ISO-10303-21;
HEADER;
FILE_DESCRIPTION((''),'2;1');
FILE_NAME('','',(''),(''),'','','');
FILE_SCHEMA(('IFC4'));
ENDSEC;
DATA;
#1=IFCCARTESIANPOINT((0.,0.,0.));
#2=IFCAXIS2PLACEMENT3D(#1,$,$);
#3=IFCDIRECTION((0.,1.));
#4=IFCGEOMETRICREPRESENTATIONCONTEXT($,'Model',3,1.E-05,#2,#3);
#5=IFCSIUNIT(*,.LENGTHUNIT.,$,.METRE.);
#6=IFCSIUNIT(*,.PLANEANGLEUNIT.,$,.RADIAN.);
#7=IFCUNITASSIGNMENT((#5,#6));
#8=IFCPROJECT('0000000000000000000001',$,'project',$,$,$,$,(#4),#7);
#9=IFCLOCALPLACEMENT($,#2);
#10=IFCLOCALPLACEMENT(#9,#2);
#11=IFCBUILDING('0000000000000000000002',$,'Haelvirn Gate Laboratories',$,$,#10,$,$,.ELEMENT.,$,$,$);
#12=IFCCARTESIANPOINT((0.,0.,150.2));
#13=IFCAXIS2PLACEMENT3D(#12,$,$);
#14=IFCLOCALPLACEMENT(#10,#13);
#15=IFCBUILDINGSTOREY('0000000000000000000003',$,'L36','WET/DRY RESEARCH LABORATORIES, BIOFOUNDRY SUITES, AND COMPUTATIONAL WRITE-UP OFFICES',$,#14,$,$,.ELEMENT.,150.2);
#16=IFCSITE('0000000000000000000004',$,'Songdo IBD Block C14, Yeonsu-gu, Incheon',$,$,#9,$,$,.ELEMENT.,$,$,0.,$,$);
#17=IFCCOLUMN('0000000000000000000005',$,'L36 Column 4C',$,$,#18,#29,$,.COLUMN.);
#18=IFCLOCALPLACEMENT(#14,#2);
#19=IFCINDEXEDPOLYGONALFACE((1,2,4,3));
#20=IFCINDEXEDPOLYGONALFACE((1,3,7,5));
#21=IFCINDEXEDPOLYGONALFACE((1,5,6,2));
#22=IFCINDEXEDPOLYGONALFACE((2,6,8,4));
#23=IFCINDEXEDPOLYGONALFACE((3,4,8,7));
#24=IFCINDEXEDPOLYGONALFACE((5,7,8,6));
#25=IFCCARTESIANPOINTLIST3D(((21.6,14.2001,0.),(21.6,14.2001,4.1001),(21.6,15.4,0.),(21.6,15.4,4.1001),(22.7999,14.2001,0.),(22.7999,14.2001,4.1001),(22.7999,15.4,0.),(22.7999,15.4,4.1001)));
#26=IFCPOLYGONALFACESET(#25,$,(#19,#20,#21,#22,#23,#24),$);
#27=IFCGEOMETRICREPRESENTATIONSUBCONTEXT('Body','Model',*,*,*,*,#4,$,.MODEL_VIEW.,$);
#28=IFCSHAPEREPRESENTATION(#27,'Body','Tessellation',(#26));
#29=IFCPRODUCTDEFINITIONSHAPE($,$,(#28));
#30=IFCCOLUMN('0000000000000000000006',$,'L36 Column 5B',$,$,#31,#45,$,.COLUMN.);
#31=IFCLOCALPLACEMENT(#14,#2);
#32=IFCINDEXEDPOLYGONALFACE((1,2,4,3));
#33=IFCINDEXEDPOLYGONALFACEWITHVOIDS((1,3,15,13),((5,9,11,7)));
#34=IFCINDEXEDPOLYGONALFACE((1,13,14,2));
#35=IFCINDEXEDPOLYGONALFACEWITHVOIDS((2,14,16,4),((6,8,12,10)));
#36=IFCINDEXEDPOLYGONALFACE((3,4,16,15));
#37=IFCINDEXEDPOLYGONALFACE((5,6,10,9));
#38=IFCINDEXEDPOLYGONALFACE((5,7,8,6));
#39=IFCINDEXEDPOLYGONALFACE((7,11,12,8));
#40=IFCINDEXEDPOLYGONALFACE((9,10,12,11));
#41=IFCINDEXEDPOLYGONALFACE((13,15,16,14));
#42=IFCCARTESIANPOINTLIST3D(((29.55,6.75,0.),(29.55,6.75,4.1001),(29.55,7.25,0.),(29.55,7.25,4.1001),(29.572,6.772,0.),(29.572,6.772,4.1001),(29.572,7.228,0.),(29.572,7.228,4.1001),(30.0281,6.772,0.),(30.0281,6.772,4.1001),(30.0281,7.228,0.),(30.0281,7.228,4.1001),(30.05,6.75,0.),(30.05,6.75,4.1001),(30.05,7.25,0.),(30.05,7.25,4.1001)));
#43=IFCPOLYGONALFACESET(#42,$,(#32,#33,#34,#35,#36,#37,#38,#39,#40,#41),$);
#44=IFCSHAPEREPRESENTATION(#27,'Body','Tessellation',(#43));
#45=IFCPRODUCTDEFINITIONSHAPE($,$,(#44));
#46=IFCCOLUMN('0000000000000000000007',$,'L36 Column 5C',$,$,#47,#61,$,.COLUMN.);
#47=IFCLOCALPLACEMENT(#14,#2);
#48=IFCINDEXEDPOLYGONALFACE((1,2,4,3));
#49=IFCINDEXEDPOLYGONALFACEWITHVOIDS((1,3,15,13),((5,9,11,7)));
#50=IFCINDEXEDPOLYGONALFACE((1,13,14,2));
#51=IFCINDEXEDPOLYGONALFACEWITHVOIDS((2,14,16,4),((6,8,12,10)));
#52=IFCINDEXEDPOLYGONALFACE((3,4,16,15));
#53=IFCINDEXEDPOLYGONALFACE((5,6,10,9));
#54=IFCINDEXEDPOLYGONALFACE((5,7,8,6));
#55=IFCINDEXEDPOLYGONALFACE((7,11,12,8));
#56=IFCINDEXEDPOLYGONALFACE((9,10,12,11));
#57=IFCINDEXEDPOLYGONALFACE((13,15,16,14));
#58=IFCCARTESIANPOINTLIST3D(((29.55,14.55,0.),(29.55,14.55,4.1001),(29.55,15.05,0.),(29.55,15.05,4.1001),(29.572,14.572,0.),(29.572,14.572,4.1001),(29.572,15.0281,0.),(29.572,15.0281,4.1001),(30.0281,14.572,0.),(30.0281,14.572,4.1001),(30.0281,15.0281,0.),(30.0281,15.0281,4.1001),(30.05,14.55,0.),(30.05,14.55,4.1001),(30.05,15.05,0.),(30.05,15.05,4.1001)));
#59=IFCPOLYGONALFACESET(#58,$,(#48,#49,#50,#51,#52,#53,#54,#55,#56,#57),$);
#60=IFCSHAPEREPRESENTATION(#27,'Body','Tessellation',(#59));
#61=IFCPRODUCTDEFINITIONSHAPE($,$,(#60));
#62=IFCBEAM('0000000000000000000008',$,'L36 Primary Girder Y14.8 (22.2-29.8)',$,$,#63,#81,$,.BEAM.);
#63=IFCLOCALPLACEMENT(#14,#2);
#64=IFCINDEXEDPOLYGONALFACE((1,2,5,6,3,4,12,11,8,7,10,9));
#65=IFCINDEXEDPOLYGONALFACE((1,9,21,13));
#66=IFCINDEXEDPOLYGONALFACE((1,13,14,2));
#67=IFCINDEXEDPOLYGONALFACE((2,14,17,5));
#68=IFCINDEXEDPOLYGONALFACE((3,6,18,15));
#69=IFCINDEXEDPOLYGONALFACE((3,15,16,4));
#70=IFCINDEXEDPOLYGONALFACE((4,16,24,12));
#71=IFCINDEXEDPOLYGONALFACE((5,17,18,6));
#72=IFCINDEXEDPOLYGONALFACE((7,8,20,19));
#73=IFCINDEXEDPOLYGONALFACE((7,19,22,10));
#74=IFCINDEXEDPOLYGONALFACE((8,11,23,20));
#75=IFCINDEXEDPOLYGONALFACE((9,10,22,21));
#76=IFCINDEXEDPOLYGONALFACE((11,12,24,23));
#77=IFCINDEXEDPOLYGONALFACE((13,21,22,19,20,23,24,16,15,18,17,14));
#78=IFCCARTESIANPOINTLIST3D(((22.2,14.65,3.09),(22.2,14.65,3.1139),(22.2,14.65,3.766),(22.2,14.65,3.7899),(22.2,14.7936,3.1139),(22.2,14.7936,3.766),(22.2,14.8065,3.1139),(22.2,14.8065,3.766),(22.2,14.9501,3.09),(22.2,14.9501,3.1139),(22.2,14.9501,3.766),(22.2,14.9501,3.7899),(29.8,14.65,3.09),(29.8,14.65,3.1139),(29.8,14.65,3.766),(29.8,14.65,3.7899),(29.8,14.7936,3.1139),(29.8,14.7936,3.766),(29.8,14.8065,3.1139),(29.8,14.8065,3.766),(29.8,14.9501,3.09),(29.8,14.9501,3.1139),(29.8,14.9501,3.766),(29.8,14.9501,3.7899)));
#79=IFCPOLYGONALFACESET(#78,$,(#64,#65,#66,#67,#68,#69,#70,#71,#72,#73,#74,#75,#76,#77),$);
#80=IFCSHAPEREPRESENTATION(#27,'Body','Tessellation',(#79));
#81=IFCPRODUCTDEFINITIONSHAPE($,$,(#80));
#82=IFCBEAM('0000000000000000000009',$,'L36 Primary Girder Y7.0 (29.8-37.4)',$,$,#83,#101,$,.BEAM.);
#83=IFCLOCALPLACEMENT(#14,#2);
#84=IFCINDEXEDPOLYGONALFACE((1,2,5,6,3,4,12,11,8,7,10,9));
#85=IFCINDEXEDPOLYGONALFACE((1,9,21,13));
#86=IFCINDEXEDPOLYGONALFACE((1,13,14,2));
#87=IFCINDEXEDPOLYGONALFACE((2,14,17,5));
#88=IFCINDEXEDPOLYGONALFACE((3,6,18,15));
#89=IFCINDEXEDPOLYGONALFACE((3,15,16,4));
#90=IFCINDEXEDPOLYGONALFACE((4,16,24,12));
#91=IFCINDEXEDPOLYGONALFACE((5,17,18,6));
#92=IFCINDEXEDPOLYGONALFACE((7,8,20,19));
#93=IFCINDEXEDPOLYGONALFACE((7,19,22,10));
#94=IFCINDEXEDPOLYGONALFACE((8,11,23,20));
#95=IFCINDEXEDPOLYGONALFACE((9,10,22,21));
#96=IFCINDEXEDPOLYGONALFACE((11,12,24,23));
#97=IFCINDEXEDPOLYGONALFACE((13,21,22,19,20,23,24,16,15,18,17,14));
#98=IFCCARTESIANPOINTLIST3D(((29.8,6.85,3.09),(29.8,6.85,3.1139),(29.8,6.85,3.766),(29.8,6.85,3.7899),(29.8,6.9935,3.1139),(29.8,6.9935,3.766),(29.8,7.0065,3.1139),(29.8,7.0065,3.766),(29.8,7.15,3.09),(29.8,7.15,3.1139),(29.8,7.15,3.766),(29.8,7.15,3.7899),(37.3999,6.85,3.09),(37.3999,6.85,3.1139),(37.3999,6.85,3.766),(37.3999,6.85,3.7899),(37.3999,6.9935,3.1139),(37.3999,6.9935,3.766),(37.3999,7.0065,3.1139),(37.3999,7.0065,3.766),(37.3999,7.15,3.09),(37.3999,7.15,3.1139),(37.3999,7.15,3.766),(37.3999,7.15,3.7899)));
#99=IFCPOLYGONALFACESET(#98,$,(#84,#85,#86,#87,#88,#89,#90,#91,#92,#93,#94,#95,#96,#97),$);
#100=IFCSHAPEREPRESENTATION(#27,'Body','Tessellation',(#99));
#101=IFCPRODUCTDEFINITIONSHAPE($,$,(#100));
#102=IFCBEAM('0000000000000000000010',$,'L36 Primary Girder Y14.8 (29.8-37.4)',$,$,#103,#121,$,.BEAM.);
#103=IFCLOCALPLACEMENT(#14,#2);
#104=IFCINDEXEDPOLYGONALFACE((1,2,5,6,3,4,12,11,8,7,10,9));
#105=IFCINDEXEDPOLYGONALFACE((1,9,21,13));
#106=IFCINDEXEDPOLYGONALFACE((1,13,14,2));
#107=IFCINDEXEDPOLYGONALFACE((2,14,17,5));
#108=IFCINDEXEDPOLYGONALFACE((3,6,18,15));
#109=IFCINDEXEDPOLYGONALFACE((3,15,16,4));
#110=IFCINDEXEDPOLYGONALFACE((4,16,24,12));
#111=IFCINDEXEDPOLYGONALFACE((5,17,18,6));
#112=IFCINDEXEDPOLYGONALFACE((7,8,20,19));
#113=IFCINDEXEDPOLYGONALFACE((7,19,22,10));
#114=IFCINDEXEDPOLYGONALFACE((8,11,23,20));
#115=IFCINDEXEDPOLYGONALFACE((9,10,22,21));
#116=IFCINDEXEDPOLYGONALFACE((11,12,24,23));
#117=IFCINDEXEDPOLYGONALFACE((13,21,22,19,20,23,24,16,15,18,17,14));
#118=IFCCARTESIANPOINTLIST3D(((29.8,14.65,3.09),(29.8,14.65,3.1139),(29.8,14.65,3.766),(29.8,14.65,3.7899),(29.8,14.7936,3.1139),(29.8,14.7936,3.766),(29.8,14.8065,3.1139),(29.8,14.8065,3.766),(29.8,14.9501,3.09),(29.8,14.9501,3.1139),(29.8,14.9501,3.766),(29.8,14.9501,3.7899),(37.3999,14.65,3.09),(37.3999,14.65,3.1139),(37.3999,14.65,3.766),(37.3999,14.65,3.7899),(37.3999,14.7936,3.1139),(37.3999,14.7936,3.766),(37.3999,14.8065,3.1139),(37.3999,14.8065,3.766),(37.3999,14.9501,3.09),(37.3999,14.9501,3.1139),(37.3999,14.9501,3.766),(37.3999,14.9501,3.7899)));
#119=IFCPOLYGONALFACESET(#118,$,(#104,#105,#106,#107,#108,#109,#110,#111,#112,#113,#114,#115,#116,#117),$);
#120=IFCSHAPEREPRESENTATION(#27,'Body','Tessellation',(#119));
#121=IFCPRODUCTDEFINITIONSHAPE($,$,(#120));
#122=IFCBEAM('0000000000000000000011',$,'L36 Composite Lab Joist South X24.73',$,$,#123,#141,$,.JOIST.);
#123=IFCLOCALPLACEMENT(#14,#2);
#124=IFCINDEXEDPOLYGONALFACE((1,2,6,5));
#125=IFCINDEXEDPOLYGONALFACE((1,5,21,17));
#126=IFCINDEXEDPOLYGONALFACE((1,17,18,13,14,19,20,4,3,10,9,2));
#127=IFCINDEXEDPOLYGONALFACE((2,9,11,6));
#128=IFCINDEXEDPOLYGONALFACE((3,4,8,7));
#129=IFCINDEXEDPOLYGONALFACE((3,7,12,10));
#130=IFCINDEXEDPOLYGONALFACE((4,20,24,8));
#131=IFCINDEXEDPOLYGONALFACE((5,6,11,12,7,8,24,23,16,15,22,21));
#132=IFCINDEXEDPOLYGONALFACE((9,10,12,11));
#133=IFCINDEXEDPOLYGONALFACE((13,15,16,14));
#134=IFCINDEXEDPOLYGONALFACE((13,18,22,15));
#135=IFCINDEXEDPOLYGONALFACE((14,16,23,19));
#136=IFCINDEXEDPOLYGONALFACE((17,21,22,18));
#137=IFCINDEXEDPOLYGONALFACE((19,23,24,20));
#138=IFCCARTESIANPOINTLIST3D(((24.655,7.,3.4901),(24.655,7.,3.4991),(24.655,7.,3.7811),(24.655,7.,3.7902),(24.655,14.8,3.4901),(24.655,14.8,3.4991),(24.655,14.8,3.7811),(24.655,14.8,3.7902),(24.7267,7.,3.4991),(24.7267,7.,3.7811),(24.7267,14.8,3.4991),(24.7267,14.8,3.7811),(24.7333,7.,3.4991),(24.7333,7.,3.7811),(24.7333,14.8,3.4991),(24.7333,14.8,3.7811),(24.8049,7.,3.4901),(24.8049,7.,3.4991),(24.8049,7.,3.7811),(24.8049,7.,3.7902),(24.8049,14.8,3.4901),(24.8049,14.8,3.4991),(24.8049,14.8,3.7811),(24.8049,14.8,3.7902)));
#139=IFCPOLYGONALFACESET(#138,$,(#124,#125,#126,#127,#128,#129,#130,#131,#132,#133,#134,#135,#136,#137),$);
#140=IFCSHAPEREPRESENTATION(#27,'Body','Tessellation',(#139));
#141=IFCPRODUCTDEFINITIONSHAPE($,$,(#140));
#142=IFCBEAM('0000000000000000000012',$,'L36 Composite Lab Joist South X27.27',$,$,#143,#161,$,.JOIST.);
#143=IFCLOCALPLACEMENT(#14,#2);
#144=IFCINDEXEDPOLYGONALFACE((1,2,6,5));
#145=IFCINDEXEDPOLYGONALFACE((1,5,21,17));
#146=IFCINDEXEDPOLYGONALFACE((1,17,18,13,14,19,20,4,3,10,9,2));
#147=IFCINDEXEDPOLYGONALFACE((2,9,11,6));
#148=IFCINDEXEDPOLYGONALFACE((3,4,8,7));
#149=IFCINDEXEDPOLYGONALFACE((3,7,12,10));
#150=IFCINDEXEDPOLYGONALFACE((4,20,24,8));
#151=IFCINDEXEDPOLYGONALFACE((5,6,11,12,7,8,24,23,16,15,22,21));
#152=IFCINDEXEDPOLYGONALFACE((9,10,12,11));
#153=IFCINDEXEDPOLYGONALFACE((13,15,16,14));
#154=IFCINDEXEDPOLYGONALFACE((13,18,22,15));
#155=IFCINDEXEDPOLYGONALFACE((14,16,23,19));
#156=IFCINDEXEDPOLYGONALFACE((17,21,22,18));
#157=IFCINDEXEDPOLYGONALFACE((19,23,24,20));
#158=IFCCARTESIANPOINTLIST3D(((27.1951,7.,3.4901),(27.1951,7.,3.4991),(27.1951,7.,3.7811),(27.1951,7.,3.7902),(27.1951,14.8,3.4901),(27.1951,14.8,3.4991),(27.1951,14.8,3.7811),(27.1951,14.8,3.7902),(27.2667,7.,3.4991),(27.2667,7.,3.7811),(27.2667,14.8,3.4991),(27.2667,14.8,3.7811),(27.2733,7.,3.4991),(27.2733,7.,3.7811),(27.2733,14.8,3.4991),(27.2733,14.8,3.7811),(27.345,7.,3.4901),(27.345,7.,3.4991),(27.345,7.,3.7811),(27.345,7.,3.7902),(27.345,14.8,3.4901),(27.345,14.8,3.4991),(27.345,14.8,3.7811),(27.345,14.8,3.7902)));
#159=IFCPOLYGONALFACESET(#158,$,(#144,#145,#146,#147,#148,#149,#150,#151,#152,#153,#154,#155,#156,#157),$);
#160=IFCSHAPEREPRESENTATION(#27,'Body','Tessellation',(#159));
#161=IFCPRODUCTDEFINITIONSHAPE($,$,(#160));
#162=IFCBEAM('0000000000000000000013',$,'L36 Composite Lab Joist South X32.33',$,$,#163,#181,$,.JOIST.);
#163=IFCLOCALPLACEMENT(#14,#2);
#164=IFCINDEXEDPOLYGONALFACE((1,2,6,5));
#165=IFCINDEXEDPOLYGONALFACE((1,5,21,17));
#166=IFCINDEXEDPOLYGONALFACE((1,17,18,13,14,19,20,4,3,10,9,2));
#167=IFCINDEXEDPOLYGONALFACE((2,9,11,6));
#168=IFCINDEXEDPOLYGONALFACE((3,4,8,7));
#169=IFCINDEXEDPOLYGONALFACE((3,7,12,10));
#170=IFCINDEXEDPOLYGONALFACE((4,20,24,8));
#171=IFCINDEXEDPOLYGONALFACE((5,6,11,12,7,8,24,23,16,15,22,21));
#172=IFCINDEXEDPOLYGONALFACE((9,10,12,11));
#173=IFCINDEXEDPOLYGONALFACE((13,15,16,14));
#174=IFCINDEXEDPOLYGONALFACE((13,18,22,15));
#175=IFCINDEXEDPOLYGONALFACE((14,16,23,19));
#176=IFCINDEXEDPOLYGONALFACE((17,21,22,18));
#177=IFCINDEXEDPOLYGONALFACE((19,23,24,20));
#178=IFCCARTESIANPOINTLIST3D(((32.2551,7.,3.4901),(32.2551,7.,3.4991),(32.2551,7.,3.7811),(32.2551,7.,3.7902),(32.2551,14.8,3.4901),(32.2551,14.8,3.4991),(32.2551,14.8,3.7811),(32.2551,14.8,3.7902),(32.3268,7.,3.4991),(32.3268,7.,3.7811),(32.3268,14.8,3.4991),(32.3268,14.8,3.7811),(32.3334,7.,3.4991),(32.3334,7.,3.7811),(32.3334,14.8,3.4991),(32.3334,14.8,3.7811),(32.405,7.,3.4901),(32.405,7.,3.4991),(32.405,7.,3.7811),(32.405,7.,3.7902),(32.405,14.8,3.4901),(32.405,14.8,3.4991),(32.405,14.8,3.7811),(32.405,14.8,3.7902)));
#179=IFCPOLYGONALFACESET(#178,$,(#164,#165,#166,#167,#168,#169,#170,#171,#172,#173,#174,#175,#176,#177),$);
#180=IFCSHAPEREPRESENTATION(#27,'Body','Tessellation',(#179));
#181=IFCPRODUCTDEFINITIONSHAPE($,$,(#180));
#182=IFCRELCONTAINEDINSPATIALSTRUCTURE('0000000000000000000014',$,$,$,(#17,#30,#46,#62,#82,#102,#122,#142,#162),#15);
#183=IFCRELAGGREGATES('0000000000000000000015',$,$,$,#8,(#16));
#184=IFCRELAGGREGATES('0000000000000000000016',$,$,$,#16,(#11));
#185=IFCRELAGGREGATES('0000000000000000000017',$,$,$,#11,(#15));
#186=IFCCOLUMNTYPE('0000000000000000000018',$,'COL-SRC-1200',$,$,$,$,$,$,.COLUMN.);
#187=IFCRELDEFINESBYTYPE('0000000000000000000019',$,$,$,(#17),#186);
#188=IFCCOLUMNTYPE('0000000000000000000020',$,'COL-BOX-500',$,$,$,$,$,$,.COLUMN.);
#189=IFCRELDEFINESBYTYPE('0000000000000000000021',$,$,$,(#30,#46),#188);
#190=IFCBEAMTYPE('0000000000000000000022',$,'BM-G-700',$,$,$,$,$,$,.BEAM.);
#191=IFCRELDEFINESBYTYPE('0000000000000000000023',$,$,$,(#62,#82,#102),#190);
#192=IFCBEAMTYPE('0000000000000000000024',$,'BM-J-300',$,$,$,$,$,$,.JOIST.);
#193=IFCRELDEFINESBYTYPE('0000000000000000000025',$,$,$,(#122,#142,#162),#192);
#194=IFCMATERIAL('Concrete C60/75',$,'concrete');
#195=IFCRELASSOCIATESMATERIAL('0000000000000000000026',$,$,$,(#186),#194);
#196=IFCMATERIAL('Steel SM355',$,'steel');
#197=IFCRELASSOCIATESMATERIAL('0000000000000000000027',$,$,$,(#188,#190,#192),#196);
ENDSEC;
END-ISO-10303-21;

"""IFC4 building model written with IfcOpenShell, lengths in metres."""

from ifc_helpers import new_model, si_unit, direction, frame, origin, origin_2d, place, context, subcontext, project, spatial, rectangle, hollow_rectangle, i_section, extrude, source, transform, mapped, material, material_profile, profile_set, type_object, type_shapes, element, save


model = new_model("IFC4")

# Units and contexts
model_context = context("Model", 3, precision=1e-05, world=origin(), true_north=direction((0.0, 1.0)))
body_context = subcontext(model_context, "Body", "Model", "MODEL_VIEW")
ifc_project = project(units=[si_unit("LENGTHUNIT", "METRE"), si_unit("PLANEANGLEUNIT", "RADIAN")], contexts=[model_context])

# Site, building, storey
site_placement = place(None, origin())
site = spatial("IfcSite", under=ifc_project, at=site_placement, Name="Songdo IBD Block C14, Yeonsu-gu, Incheon", CompositionType="ELEMENT", RefElevation=0.0)
building_placement = place(site_placement, origin())
building = spatial("IfcBuilding", under=site, at=building_placement, Name="Haelvirn Gate Laboratories", CompositionType="ELEMENT")
storey_placement = place(building_placement, frame((0.0, 0.0, 150.2)))
storey = spatial("IfcBuildingStorey", under=building, at=storey_placement, Name="L36", Description="WET/DRY RESEARCH LABORATORIES, BIOFOUNDRY SUITES, AND COMPUTATIONAL WRITE-UP OFFICES", CompositionType="ELEMENT", Elevation=150.2)

# Columns
ifc_material_1 = material(Name="Concrete C60/75", Category="concrete")
ifc_material_profile_1 = material_profile(ifc_material_1, rectangle(XDim=1.2, YDim=1.2, at=origin_2d()), Name="SRC-1200x1200")
ifc_profile_set_1 = profile_set([ifc_material_profile_1], Name="Concrete C60/75")
column_type_1 = type_object("IfcColumnType", Name="COL-SRC-1200", PredefinedType="COLUMN", material=ifc_profile_set_1)
shared_shape_1 = source(origin(), body_context, "Body", "SweptSolid", [
    extrude(rectangle(XDim=1.2, YDim=1.2, at=origin_2d()), origin(), (0.0, 0.0, 1.0), 4.1001),
])
type_shapes(column_type_1, [shared_shape_1])
column_placement = place(storey_placement, frame((22.2, 14.8, 0.0), z_axis=(0.0, 0.0, 1.0), x_axis=(1.0, 0.0, 0.0)))
element("IfcColumn", 1, at=column_placement, inside=storey, type_object=column_type_1, Name="L36 Column 4C", PredefinedType="COLUMN", context=body_context, shape_type="MappedRepresentation", body=[
    mapped(shared_shape_1, transform((0.0, 0.0, 0.0), scale=1.0)),
])
ifc_material_2 = material(Name="Steel SM355", Category="steel")
ifc_material_profile_2 = material_profile(ifc_material_2, hollow_rectangle(XDim=0.5, YDim=0.5, WallThickness=0.022, at=origin_2d()), Name="BOX-500x500x22")
ifc_profile_set_2 = profile_set([ifc_material_profile_2], Name="Steel SM355")
column_type_2 = type_object("IfcColumnType", Name="COL-BOX-500", PredefinedType="COLUMN", material=ifc_profile_set_2)
shared_shape_2 = source(origin(), body_context, "Body", "SweptSolid", [
    extrude(hollow_rectangle(XDim=0.5, YDim=0.5, WallThickness=0.022, at=origin_2d()), origin(), (0.0, 0.0, 1.0), 4.1001),
])
type_shapes(column_type_2, [shared_shape_2])
for number, where, z_axis, x_axis, name in (
    (2, (29.8, 7.0, 0.0), (0.0, 0.0, 1.0), (1.0, 0.0, 0.0), "L36 Column 5B"),
    (3, (29.8, 14.8, 0.0), (0.0, 0.0, 1.0), (1.0, 0.0, 0.0), "L36 Column 5C"),
):
    element("IfcColumn", number, at=place(storey_placement, frame(where, z_axis=z_axis, x_axis=x_axis)), inside=storey, type_object=column_type_2, Name=name, PredefinedType="COLUMN", context=body_context, shape_type="MappedRepresentation", body=[
        mapped(shared_shape_2, transform((0.0, 0.0, 0.0), scale=1.0)),
    ])

# Beams
ifc_material_profile_3 = material_profile(ifc_material_2, i_section(OverallWidth=0.3, OverallDepth=0.7, WebThickness=0.0129, FlangeThickness=0.0239, at=origin_2d()), Name="H-700x300x13x24")
ifc_profile_set_3 = profile_set([ifc_material_profile_3], Name="Steel SM355")
beam_type_1 = type_object("IfcBeamType", Name="BM-G-700", PredefinedType="BEAM", material=ifc_profile_set_3)
shared_shape_3 = source(origin(), body_context, "Body", "SweptSolid", [
    extrude(i_section(OverallWidth=0.3, OverallDepth=0.7, WebThickness=0.0129, FlangeThickness=0.0239, at=origin_2d()), origin(), (0.0, 0.0, 1.0), 7.6001),
])
beam_1_placement = place(storey_placement, frame((22.2, 14.8, 3.4399), z_axis=(1.0, 0.0, 0.0), x_axis=(0.0, 1.0, 0.0)))
element("IfcBeam", 4, at=beam_1_placement, inside=storey, type_object=beam_type_1, Name="L36 Primary Girder Y14.8 (22.2-29.8)", PredefinedType="BEAM", context=body_context, shape_type="MappedRepresentation", body=[
    mapped(shared_shape_3, transform((0.0, 0.0, 0.0), scale=1.0)),
])
shared_shape_4 = source(origin(), body_context, "Body", "SweptSolid", [
    extrude(i_section(OverallWidth=0.3, OverallDepth=0.7, WebThickness=0.0129, FlangeThickness=0.0239, at=origin_2d()), origin(), (0.0, 0.0, 1.0), 7.5999),
])
type_shapes(beam_type_1, [shared_shape_3, shared_shape_4])
for number, where, z_axis, x_axis, name in (
    (5, (29.8, 7.0, 3.4399), (1.0, 0.0, 0.0), (0.0, 1.0, 0.0), "L36 Primary Girder Y7.0 (29.8-37.4)"),
    (6, (29.8, 14.8, 3.4399), (1.0, 0.0, 0.0), (0.0, 1.0, 0.0), "L36 Primary Girder Y14.8 (29.8-37.4)"),
):
    element("IfcBeam", number, at=place(storey_placement, frame(where, z_axis=z_axis, x_axis=x_axis)), inside=storey, type_object=beam_type_1, Name=name, PredefinedType="BEAM", context=body_context, shape_type="MappedRepresentation", body=[
        mapped(shared_shape_4, transform((0.0, 0.0, 0.0), scale=1.0)),
    ])
ifc_material_profile_4 = material_profile(ifc_material_2, i_section(OverallWidth=0.1499, OverallDepth=0.3, WebThickness=0.0066, FlangeThickness=0.009, at=origin_2d()), Name="H-300x150x6.5x9")
ifc_profile_set_4 = profile_set([ifc_material_profile_4], Name="Steel SM355")
beam_type_2 = type_object("IfcBeamType", Name="BM-J-300", PredefinedType="JOIST", material=ifc_profile_set_4)
shared_shape_5 = source(origin(), body_context, "Body", "SweptSolid", [
    extrude(i_section(OverallWidth=0.1499, OverallDepth=0.3, WebThickness=0.0066, FlangeThickness=0.009, at=origin_2d()), origin(), (0.0, 0.0, 1.0), 7.8),
])
type_shapes(beam_type_2, [shared_shape_5])
for number, where, z_axis, x_axis, name in (
    (7, (24.73, 7.0, 3.6401), (0.0, 1.0, 0.0), (-1.0, 0.0, 0.0), "L36 Composite Lab Joist South X24.73"),
    (8, (27.27, 7.0, 3.6401), (0.0, 1.0, 0.0), (-1.0, 0.0, 0.0), "L36 Composite Lab Joist South X27.27"),
    (9, (32.3301, 7.0, 3.6401), (0.0, 1.0, 0.0), (-1.0, 0.0, 0.0), "L36 Composite Lab Joist South X32.33"),
):
    element("IfcBeam", number, at=place(storey_placement, frame(where, z_axis=z_axis, x_axis=x_axis)), inside=storey, type_object=beam_type_2, Name=name, PredefinedType="JOIST", context=body_context, shape_type="MappedRepresentation", body=[
        mapped(shared_shape_5, transform((0.0, 0.0, 0.0), scale=1.0)),
    ])

save(model, "model.ifc")
